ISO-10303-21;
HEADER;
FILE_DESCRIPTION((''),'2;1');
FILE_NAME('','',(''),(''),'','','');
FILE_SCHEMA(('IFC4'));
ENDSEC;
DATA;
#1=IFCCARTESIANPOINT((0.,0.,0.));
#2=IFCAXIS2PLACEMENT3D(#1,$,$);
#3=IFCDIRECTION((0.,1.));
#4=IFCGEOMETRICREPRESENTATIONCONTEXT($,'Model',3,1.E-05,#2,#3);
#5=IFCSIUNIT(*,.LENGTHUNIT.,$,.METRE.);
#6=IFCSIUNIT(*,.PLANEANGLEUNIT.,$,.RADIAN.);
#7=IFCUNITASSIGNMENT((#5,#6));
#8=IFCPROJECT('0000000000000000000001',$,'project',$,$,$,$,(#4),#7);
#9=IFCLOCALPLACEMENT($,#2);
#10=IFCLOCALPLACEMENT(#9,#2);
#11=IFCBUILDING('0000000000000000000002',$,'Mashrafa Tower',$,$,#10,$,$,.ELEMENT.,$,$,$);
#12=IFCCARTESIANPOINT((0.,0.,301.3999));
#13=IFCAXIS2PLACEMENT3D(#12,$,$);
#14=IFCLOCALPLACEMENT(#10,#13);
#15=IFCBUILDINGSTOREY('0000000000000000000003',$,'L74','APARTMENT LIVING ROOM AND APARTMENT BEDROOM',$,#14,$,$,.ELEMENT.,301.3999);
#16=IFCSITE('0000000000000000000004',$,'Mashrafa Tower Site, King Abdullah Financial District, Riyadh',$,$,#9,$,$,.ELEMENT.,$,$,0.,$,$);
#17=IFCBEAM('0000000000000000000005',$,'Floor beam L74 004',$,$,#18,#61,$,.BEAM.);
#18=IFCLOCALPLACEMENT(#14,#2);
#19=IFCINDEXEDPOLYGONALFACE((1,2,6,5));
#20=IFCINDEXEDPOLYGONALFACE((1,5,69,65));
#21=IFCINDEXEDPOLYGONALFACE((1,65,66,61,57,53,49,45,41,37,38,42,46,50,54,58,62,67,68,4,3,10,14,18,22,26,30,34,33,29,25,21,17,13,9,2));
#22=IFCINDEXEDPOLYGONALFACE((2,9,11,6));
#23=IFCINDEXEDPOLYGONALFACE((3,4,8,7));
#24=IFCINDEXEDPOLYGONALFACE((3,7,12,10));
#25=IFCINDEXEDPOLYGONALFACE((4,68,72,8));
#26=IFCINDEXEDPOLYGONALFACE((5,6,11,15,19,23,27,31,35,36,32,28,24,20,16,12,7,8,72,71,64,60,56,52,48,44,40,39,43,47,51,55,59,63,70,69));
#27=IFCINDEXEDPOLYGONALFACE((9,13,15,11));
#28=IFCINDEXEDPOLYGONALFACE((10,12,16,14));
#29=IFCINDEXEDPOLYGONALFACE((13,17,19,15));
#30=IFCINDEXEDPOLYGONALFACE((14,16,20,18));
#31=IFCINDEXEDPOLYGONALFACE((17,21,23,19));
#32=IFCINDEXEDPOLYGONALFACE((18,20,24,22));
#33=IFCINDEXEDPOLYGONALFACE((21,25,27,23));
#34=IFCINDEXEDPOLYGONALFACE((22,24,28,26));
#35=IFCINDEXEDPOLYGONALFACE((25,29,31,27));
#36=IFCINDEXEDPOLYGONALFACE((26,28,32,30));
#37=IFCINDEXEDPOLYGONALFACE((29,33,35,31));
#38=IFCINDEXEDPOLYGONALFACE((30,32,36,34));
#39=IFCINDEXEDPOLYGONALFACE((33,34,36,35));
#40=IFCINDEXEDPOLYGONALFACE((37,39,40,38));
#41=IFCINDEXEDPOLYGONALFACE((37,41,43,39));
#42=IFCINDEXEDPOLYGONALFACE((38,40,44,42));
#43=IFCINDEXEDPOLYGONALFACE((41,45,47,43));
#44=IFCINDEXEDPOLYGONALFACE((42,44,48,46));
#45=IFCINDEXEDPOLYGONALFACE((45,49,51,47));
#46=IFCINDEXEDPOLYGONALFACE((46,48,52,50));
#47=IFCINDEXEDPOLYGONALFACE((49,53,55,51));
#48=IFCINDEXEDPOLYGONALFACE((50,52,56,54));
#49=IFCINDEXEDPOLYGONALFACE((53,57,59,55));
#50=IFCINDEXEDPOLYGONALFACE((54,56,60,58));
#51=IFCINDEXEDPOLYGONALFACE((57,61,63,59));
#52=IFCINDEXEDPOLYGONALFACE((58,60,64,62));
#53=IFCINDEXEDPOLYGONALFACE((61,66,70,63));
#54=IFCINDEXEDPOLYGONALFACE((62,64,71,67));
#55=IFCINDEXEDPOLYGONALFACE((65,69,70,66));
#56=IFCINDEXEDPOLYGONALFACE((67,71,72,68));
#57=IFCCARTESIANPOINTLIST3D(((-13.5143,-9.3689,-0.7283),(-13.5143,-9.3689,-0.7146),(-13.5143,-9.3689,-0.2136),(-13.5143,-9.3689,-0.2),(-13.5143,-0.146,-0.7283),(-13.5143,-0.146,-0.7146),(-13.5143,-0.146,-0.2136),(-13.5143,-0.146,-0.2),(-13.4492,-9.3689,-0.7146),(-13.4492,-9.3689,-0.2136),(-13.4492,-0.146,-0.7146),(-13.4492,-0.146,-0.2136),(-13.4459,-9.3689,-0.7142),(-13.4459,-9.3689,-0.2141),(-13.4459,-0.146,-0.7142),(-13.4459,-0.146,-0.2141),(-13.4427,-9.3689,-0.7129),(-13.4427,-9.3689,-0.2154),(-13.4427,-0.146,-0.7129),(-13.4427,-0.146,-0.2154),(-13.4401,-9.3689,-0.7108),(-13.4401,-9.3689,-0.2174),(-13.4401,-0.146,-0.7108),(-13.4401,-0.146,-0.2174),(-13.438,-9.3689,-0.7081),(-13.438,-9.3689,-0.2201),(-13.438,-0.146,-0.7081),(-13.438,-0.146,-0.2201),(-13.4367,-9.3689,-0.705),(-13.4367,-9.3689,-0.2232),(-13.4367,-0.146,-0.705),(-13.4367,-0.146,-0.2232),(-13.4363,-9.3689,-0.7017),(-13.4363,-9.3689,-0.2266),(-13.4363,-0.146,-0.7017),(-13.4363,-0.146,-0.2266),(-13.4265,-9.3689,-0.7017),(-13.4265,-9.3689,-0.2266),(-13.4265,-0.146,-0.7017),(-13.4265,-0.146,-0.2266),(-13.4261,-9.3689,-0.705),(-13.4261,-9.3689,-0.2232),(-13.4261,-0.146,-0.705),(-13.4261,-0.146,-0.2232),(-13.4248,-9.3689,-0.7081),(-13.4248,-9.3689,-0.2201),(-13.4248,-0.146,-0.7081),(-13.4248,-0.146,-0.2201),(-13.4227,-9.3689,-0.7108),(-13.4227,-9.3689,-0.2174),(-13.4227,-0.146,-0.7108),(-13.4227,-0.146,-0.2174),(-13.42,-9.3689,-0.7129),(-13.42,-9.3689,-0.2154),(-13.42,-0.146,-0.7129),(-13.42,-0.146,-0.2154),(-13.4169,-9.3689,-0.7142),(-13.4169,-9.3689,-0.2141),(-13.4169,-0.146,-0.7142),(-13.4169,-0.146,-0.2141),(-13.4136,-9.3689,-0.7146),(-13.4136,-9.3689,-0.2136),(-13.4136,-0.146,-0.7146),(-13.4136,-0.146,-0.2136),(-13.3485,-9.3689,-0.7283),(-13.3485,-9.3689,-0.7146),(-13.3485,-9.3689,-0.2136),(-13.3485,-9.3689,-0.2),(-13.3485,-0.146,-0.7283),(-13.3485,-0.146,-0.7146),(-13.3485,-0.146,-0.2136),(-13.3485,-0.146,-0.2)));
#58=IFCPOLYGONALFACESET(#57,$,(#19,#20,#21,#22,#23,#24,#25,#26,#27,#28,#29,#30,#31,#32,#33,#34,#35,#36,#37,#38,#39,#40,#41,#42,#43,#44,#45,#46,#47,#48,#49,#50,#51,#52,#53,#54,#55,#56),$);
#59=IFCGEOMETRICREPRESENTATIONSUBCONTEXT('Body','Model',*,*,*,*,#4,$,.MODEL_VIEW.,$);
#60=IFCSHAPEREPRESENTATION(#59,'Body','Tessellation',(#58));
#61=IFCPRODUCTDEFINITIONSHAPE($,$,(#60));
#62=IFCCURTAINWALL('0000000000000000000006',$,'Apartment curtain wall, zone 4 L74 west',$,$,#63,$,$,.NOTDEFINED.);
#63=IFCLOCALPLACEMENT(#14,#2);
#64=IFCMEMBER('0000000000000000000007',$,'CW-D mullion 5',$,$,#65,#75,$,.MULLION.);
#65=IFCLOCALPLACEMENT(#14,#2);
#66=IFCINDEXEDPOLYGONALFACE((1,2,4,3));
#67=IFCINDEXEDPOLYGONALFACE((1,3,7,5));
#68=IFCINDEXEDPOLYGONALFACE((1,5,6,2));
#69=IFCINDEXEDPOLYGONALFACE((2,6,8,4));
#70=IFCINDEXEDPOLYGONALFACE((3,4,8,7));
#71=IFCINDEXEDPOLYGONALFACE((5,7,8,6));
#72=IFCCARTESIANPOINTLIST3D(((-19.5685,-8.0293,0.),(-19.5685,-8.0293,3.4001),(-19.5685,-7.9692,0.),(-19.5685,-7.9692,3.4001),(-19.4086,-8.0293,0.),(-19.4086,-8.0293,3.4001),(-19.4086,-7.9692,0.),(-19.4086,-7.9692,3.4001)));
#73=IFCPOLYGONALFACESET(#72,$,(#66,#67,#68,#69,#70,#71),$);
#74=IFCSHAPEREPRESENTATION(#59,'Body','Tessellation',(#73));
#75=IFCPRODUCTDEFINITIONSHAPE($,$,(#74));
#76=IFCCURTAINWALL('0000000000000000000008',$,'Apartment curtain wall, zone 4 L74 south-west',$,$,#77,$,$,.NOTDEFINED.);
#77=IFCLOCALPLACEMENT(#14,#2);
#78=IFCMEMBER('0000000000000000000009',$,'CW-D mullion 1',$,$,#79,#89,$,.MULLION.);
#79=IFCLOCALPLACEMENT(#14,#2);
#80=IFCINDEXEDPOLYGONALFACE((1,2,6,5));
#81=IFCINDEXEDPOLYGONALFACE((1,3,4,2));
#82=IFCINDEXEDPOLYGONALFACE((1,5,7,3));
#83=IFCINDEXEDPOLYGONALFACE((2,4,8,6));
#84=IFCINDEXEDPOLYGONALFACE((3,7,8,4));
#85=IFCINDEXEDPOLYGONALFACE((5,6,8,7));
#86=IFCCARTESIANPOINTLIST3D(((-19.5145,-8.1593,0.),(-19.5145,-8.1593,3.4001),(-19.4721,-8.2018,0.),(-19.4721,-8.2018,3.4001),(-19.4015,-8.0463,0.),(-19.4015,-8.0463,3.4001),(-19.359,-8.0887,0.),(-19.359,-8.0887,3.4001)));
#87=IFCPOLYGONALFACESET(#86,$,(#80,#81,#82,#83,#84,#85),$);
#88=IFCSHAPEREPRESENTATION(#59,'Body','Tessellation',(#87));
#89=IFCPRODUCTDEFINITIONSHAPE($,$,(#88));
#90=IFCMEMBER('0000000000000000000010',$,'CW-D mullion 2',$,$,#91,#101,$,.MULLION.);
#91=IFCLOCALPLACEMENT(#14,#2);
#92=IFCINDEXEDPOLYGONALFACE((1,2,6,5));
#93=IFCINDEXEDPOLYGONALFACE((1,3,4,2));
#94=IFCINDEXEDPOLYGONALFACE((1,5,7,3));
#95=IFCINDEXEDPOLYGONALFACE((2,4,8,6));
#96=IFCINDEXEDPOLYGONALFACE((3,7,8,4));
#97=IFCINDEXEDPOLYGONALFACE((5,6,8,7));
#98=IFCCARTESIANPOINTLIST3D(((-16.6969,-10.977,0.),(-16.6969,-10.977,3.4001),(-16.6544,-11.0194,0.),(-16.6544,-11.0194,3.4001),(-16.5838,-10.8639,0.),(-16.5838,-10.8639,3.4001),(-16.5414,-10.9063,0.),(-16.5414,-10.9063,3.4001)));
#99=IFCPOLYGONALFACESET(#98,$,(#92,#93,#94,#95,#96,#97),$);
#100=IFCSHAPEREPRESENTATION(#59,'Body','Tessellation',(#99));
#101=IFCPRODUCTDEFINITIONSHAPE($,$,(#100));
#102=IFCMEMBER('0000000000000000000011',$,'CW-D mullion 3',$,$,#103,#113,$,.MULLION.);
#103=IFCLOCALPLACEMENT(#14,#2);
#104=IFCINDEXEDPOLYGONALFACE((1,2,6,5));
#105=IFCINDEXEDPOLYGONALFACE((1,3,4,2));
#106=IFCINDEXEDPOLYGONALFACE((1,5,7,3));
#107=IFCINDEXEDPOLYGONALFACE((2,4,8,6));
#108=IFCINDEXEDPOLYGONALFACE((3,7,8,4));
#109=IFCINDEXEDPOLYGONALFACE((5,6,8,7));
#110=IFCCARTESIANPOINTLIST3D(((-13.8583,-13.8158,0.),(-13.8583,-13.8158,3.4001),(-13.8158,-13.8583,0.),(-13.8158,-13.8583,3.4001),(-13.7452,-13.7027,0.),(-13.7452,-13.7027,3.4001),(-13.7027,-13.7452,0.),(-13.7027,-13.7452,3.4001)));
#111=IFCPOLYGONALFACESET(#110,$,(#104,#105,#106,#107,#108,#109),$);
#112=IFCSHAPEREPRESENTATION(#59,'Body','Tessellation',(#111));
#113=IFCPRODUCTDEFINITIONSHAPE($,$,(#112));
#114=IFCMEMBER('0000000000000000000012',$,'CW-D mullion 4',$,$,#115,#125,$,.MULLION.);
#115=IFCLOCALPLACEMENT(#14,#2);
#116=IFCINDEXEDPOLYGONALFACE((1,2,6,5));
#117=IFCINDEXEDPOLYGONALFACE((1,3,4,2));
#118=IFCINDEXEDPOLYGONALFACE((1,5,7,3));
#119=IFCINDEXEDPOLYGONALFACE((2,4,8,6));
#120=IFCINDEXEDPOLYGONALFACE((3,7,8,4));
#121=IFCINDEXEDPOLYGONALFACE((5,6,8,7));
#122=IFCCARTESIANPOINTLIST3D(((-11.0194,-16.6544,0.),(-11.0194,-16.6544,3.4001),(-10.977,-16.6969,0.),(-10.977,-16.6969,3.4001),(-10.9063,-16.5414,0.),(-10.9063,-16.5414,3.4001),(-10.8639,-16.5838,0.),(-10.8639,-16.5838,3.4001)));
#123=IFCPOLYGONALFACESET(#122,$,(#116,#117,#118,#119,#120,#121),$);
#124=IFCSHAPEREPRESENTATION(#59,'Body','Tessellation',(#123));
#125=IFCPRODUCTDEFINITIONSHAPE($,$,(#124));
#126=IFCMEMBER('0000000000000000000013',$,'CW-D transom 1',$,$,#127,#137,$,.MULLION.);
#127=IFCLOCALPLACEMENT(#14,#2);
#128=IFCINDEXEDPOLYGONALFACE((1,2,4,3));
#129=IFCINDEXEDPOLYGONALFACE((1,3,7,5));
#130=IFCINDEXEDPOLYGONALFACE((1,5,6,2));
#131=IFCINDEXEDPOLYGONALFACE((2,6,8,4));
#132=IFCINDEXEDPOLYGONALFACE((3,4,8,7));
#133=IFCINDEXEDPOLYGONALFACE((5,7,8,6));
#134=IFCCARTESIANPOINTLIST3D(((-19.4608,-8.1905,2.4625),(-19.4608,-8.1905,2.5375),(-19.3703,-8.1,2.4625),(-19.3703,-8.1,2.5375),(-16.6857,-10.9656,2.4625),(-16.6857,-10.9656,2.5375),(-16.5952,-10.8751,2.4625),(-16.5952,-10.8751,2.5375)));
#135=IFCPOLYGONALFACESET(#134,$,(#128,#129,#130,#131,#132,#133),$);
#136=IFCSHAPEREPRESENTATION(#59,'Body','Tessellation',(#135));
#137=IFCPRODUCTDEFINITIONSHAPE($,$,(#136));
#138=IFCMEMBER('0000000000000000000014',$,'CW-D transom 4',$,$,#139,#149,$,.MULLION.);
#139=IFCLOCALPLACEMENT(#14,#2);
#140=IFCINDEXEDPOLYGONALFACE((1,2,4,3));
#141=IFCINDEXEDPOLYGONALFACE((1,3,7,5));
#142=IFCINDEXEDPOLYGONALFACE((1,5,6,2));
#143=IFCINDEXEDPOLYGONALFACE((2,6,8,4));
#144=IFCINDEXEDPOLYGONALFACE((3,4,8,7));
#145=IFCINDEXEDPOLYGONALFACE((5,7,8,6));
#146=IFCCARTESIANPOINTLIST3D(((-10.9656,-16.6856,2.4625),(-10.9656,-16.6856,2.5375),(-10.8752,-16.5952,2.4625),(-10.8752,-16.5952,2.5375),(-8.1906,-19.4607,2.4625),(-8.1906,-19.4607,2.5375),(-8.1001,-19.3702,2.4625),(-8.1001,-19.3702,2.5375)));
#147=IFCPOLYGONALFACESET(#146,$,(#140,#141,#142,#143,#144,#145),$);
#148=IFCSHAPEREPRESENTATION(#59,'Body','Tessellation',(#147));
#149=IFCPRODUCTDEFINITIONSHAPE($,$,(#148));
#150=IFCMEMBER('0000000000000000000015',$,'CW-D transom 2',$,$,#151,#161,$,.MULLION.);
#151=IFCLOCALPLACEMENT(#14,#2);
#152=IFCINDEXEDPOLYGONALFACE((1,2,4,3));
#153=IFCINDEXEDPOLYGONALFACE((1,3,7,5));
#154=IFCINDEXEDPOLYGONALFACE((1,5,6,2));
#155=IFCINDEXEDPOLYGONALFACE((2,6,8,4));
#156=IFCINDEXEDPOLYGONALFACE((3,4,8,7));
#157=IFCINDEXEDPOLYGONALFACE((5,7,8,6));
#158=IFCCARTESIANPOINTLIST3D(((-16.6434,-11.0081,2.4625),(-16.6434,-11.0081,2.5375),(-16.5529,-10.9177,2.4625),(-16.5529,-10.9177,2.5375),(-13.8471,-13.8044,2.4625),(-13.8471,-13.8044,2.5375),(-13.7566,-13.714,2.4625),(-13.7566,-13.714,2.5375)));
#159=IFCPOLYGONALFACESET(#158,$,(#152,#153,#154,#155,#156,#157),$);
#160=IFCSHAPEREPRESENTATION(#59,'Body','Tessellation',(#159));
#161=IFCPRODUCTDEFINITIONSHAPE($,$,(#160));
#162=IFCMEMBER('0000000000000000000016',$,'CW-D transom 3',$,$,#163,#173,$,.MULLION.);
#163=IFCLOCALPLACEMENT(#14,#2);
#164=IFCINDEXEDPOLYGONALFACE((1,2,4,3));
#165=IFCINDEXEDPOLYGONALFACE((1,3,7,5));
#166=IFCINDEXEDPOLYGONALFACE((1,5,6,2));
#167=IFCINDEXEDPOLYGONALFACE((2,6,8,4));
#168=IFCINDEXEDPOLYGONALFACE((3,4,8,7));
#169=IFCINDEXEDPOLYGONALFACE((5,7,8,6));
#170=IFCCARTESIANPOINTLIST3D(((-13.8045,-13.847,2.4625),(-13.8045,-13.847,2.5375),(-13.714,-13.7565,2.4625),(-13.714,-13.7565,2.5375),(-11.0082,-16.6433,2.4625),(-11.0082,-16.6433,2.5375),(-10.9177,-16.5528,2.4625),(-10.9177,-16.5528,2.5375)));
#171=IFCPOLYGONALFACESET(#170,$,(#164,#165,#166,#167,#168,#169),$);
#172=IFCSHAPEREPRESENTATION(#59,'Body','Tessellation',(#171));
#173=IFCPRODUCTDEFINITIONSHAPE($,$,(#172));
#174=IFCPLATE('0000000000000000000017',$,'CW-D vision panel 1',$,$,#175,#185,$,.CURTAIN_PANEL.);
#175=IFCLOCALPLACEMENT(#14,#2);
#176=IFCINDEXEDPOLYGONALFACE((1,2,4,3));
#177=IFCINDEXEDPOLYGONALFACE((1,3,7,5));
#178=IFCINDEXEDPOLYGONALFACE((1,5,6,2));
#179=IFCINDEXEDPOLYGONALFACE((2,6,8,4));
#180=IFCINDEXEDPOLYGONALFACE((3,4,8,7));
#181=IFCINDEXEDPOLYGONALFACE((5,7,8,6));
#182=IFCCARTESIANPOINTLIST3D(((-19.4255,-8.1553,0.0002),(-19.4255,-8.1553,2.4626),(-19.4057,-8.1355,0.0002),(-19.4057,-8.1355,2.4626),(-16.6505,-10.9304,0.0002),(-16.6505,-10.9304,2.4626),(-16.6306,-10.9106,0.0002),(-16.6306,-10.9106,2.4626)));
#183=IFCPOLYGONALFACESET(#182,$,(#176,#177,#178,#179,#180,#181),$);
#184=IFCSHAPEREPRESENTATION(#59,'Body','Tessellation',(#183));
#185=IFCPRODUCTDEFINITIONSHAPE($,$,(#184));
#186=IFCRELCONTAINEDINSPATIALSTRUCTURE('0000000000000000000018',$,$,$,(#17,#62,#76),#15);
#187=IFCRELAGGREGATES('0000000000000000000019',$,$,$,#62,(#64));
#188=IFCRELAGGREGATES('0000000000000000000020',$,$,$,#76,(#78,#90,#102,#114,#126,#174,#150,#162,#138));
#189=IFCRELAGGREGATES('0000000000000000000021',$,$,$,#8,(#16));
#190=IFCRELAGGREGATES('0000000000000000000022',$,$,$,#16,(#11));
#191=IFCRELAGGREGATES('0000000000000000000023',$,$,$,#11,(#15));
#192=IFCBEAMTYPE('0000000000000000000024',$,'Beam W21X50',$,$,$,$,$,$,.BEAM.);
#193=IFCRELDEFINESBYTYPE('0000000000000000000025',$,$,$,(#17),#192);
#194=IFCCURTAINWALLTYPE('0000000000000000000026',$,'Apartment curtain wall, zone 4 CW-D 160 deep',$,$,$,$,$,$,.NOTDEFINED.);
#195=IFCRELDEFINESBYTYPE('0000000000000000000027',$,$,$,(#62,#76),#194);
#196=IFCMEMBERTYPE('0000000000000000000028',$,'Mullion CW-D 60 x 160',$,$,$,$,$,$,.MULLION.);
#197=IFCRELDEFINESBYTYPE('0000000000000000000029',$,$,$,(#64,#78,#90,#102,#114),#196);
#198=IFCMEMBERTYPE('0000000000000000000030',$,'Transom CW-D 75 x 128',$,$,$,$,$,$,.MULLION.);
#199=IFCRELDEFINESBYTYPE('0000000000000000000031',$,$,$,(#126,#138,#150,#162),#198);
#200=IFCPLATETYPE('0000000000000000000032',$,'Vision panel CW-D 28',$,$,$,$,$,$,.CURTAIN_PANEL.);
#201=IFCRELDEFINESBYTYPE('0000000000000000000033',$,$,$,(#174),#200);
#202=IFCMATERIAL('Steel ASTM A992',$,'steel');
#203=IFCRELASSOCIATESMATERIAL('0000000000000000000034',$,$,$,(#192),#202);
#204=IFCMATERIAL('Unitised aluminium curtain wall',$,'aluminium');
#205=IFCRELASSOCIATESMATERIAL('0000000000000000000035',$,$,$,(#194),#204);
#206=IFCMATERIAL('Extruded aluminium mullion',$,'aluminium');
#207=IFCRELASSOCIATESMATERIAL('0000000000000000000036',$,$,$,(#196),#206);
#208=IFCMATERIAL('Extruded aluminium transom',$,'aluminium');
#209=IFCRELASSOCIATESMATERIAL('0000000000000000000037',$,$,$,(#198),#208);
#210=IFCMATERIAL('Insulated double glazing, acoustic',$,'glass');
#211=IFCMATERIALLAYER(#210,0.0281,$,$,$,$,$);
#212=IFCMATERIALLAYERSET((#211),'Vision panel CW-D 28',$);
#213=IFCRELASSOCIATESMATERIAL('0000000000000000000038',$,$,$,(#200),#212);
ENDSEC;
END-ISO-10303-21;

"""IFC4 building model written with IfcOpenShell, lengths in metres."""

from ifc_helpers import new_model, si_unit, direction, frame, origin, origin_2d, place, context, subcontext, project, spatial, rectangle, i_section, extrude, source, transform, mapped, material, layer, layer_set, material_profile, profile_set, type_object, type_shapes, element, aggregate, save


model = new_model("IFC4")

# Units and contexts
model_context = context("Model", 3, precision=1e-05, world=origin(), true_north=direction((0.0, 1.0)))
body_context = subcontext(model_context, "Body", "Model", "MODEL_VIEW")
ifc_project = project(units=[si_unit("LENGTHUNIT", "METRE"), si_unit("PLANEANGLEUNIT", "RADIAN")], contexts=[model_context])

# Site, building, storey
site_placement = place(None, origin())
site = spatial("IfcSite", under=ifc_project, at=site_placement, Name="Mashrafa Tower Site, King Abdullah Financial District, Riyadh", CompositionType="ELEMENT", RefElevation=0.0)
building_placement = place(site_placement, origin())
building = spatial("IfcBuilding", under=site, at=building_placement, Name="Mashrafa Tower", CompositionType="ELEMENT")
storey_placement = place(building_placement, frame((0.0, 0.0, 301.3999)))
storey = spatial("IfcBuildingStorey", under=building, at=storey_placement, Name="L74", Description="APARTMENT LIVING ROOM AND APARTMENT BEDROOM", CompositionType="ELEMENT", Elevation=301.3999)

# Beam
ifc_material_1 = material(Name="Steel ASTM A992", Category="steel")
ifc_material_profile_1 = material_profile(ifc_material_1, i_section(OverallWidth=0.1658, OverallDepth=0.5283, WebThickness=0.0098, FlangeThickness=0.0137, FilletRadius=0.0129, at=origin_2d()), Name="W21X50")
ifc_profile_set_1 = profile_set([ifc_material_profile_1], Name="Steel ASTM A992")
beam_type_1 = type_object("IfcBeamType", Name="Beam W21X50", PredefinedType="BEAM", material=ifc_profile_set_1)
beam_1_placement = place(storey_placement, frame((-13.4314, -9.3689, -0.4641), z_axis=(0.0, 1.0, 0.0), x_axis=(-1.0, 0.0, 0.0)))
element("IfcBeam", 1, at=beam_1_placement, inside=storey, type_object=beam_type_1, Name="Floor beam L74 004", PredefinedType="BEAM", context=body_context, shape_type="SweptSolid", body=[
    extrude(i_section(OverallWidth=0.1658, OverallDepth=0.5283, WebThickness=0.0098, FlangeThickness=0.0137, FilletRadius=0.0129, at=origin_2d()), origin(), (0.0, 0.0, 1.0), 9.2229),
])

# Curtain wall, member
ifc_material_2 = material(Name="Unitised aluminium curtain wall", Category="aluminium")
curtain_wall_type = type_object("IfcCurtainWallType", Name="Apartment curtain wall, zone 4 CW-D 160 deep", PredefinedType="NOTDEFINED", material=ifc_material_2)
curtain_wall_1_placement = place(storey_placement, origin())
curtain_wall_1 = element("IfcCurtainWall", 2, at=curtain_wall_1_placement, inside=storey, type_object=curtain_wall_type, Name="Apartment curtain wall, zone 4 L74 west", PredefinedType="NOTDEFINED")
ifc_material_3 = material(Name="Extruded aluminium mullion", Category="aluminium")
ifc_material_profile_2 = material_profile(ifc_material_3, rectangle(XDim=0.1599, YDim=0.0601, at=origin_2d()), Name="Mullion 60x160")
ifc_profile_set_2 = profile_set([ifc_material_profile_2], Name="Extruded aluminium mullion")
member_type_1 = type_object("IfcMemberType", Name="Mullion CW-D 60 x 160", PredefinedType="MULLION", material=ifc_profile_set_2)
shared_shape_1 = source(origin(), body_context, "Body", "SweptSolid", [
    extrude(rectangle(XDim=0.1599, YDim=0.0601, at=origin_2d()), origin(), (0.0, 0.0, 1.0), 3.4001),
])
type_shapes(member_type_1, [shared_shape_1])
member_1_placement = place(storey_placement, frame((-19.4885, -7.9993, 0.0), z_axis=(0.0, 0.0, 1.0), x_axis=(1.0, 0.0, 0.0)))
member_1 = element("IfcMember", 3, at=member_1_placement, type_object=member_type_1, Name="CW-D mullion 5", PredefinedType="MULLION", context=body_context, shape_type="MappedRepresentation", body=[
    mapped(shared_shape_1, transform((0.0, 0.0, 0.0))),
])
aggregate(curtain_wall_1, [member_1])

# Curtain wall, members, plate
curtain_wall_2_placement = place(storey_placement, origin())
curtain_wall_2 = element("IfcCurtainWall", 4, at=curtain_wall_2_placement, inside=storey, type_object=curtain_wall_type, Name="Apartment curtain wall, zone 4 L74 south-west", PredefinedType="NOTDEFINED")
member_2_placement = place(storey_placement, frame((-19.4368, -8.124, 0.0), z_axis=(0.0, 0.0, 1.0), x_axis=(0.707107, 0.707107, 0.0)))
member_2 = element("IfcMember", 5, at=member_2_placement, type_object=member_type_1, Name="CW-D mullion 1", PredefinedType="MULLION", context=body_context, shape_type="MappedRepresentation", body=[
    mapped(shared_shape_1, transform((0.0, 0.0, 0.0))),
])
member_3_placement = place(storey_placement, frame((-16.6191, -10.9417, 0.0), z_axis=(0.0, 0.0, 1.0), x_axis=(0.707107, 0.707107, 0.0)))
member_3 = element("IfcMember", 6, at=member_3_placement, type_object=member_type_1, Name="CW-D mullion 2", PredefinedType="MULLION", context=body_context, shape_type="MappedRepresentation", body=[
    mapped(shared_shape_1, transform((0.0, 0.0, 0.0))),
])
member_4_placement = place(storey_placement, frame((-13.7805, -13.7805, 0.0), z_axis=(0.0, 0.0, 1.0), x_axis=(0.707107, 0.707107, 0.0)))
member_4 = element("IfcMember", 7, at=member_4_placement, type_object=member_type_1, Name="CW-D mullion 3", PredefinedType="MULLION", context=body_context, shape_type="MappedRepresentation", body=[
    mapped(shared_shape_1, transform((0.0, 0.0, 0.0))),
])
member_5_placement = place(storey_placement, frame((-10.9417, -16.6191, 0.0), z_axis=(0.0, 0.0, 1.0), x_axis=(0.707107, 0.707107, 0.0)))
member_5 = element("IfcMember", 8, at=member_5_placement, type_object=member_type_1, Name="CW-D mullion 4", PredefinedType="MULLION", context=body_context, shape_type="MappedRepresentation", body=[
    mapped(shared_shape_1, transform((0.0, 0.0, 0.0))),
])
ifc_material_4 = material(Name="Extruded aluminium transom", Category="aluminium")
ifc_material_profile_3 = material_profile(ifc_material_4, rectangle(XDim=0.1279, YDim=0.075, at=origin_2d()), Name="Transom 75x128")
ifc_profile_set_3 = profile_set([ifc_material_profile_3], Name="Extruded aluminium transom")
member_type_2 = type_object("IfcMemberType", Name="Transom CW-D 75 x 128", PredefinedType="MULLION", material=ifc_profile_set_3)
shared_shape_2 = source(origin(), body_context, "Body", "SweptSolid", [
    extrude(rectangle(XDim=0.1279, YDim=0.075, at=origin_2d()), origin(), (0.0, 0.0, 1.0), 3.9246),
])
member_6_placement = place(storey_placement, frame((-19.4155, -8.1453, 2.5), z_axis=(0.707107, -0.707107, 0.0), x_axis=(0.707107, 0.707107, 0.0)))
member_6 = element("IfcMember", 9, at=member_6_placement, type_object=member_type_2, Name="CW-D transom 1", PredefinedType="MULLION", context=body_context, shape_type="MappedRepresentation", body=[
    mapped(shared_shape_2, transform((0.0, 0.0, 0.0))),
])
member_7_placement = place(storey_placement, frame((-10.9204, -16.6404, 2.5), z_axis=(0.707107, -0.707107, 0.0), x_axis=(0.707107, 0.707107, 0.0)))
member_7 = element("IfcMember", 10, at=member_7_placement, type_object=member_type_2, Name="CW-D transom 4", PredefinedType="MULLION", context=body_context, shape_type="MappedRepresentation", body=[
    mapped(shared_shape_2, transform((0.0, 0.0, 0.0))),
])
shared_shape_3 = source(origin(), body_context, "Body", "SweptSolid", [
    extrude(rectangle(XDim=0.1279, YDim=0.075, at=origin_2d()), origin(), (0.0, 0.0, 1.0), 3.9546),
])
type_shapes(member_type_2, [shared_shape_2, shared_shape_3])
member_8_placement = place(storey_placement, frame((-16.5981, -10.9629, 2.5), z_axis=(0.707107, -0.707107, 0.0), x_axis=(0.707107, 0.707107, 0.0)))
member_8 = element("IfcMember", 11, at=member_8_placement, type_object=member_type_2, Name="CW-D transom 2", PredefinedType="MULLION", context=body_context, shape_type="MappedRepresentation", body=[
    mapped(shared_shape_3, transform((0.0, 0.0, 0.0))),
])
member_9_placement = place(storey_placement, frame((-13.7593, -13.8018, 2.5), z_axis=(0.707107, -0.707107, 0.0), x_axis=(0.707107, 0.707107, 0.0)))
member_9 = element("IfcMember", 12, at=member_9_placement, type_object=member_type_2, Name="CW-D transom 3", PredefinedType="MULLION", context=body_context, shape_type="MappedRepresentation", body=[
    mapped(shared_shape_3, transform((0.0, 0.0, 0.0))),
])
ifc_material_5 = material(Name="Insulated double glazing, acoustic", Category="glass")
ifc_layer_1 = layer(ifc_material_5, 0.0281)
ifc_layer_set_1 = layer_set([ifc_layer_1], Name="Vision panel CW-D 28")
plate_type_1 = type_object("IfcPlateType", Name="Vision panel CW-D 28", PredefinedType="CURTAIN_PANEL", material=ifc_layer_set_1)
shared_shape_4 = source(origin(), body_context, "Body", "SweptSolid", [
    extrude(rectangle(XDim=3.9246, YDim=0.0281, at=origin_2d()), origin(), (0.0, 0.0, 1.0), 2.4624),
])
plate_1_placement = place(storey_placement, frame((-18.0281, -9.533, 0.0002), z_axis=(0.0, 0.0, 1.0), x_axis=(0.707107, -0.707107, 0.0)))
plate_1 = element("IfcPlate", 13, at=plate_1_placement, type_object=plate_type_1, Name="CW-D vision panel 1", PredefinedType="CURTAIN_PANEL", context=body_context, shape_type="MappedRepresentation", body=[
    mapped(shared_shape_4, transform((0.0, 0.0, 0.0))),
])
aggregate(curtain_wall_2, [member_2, member_3, member_4, member_5, member_6, plate_1, member_8, member_9, member_7])

save(model, "model.ifc")
